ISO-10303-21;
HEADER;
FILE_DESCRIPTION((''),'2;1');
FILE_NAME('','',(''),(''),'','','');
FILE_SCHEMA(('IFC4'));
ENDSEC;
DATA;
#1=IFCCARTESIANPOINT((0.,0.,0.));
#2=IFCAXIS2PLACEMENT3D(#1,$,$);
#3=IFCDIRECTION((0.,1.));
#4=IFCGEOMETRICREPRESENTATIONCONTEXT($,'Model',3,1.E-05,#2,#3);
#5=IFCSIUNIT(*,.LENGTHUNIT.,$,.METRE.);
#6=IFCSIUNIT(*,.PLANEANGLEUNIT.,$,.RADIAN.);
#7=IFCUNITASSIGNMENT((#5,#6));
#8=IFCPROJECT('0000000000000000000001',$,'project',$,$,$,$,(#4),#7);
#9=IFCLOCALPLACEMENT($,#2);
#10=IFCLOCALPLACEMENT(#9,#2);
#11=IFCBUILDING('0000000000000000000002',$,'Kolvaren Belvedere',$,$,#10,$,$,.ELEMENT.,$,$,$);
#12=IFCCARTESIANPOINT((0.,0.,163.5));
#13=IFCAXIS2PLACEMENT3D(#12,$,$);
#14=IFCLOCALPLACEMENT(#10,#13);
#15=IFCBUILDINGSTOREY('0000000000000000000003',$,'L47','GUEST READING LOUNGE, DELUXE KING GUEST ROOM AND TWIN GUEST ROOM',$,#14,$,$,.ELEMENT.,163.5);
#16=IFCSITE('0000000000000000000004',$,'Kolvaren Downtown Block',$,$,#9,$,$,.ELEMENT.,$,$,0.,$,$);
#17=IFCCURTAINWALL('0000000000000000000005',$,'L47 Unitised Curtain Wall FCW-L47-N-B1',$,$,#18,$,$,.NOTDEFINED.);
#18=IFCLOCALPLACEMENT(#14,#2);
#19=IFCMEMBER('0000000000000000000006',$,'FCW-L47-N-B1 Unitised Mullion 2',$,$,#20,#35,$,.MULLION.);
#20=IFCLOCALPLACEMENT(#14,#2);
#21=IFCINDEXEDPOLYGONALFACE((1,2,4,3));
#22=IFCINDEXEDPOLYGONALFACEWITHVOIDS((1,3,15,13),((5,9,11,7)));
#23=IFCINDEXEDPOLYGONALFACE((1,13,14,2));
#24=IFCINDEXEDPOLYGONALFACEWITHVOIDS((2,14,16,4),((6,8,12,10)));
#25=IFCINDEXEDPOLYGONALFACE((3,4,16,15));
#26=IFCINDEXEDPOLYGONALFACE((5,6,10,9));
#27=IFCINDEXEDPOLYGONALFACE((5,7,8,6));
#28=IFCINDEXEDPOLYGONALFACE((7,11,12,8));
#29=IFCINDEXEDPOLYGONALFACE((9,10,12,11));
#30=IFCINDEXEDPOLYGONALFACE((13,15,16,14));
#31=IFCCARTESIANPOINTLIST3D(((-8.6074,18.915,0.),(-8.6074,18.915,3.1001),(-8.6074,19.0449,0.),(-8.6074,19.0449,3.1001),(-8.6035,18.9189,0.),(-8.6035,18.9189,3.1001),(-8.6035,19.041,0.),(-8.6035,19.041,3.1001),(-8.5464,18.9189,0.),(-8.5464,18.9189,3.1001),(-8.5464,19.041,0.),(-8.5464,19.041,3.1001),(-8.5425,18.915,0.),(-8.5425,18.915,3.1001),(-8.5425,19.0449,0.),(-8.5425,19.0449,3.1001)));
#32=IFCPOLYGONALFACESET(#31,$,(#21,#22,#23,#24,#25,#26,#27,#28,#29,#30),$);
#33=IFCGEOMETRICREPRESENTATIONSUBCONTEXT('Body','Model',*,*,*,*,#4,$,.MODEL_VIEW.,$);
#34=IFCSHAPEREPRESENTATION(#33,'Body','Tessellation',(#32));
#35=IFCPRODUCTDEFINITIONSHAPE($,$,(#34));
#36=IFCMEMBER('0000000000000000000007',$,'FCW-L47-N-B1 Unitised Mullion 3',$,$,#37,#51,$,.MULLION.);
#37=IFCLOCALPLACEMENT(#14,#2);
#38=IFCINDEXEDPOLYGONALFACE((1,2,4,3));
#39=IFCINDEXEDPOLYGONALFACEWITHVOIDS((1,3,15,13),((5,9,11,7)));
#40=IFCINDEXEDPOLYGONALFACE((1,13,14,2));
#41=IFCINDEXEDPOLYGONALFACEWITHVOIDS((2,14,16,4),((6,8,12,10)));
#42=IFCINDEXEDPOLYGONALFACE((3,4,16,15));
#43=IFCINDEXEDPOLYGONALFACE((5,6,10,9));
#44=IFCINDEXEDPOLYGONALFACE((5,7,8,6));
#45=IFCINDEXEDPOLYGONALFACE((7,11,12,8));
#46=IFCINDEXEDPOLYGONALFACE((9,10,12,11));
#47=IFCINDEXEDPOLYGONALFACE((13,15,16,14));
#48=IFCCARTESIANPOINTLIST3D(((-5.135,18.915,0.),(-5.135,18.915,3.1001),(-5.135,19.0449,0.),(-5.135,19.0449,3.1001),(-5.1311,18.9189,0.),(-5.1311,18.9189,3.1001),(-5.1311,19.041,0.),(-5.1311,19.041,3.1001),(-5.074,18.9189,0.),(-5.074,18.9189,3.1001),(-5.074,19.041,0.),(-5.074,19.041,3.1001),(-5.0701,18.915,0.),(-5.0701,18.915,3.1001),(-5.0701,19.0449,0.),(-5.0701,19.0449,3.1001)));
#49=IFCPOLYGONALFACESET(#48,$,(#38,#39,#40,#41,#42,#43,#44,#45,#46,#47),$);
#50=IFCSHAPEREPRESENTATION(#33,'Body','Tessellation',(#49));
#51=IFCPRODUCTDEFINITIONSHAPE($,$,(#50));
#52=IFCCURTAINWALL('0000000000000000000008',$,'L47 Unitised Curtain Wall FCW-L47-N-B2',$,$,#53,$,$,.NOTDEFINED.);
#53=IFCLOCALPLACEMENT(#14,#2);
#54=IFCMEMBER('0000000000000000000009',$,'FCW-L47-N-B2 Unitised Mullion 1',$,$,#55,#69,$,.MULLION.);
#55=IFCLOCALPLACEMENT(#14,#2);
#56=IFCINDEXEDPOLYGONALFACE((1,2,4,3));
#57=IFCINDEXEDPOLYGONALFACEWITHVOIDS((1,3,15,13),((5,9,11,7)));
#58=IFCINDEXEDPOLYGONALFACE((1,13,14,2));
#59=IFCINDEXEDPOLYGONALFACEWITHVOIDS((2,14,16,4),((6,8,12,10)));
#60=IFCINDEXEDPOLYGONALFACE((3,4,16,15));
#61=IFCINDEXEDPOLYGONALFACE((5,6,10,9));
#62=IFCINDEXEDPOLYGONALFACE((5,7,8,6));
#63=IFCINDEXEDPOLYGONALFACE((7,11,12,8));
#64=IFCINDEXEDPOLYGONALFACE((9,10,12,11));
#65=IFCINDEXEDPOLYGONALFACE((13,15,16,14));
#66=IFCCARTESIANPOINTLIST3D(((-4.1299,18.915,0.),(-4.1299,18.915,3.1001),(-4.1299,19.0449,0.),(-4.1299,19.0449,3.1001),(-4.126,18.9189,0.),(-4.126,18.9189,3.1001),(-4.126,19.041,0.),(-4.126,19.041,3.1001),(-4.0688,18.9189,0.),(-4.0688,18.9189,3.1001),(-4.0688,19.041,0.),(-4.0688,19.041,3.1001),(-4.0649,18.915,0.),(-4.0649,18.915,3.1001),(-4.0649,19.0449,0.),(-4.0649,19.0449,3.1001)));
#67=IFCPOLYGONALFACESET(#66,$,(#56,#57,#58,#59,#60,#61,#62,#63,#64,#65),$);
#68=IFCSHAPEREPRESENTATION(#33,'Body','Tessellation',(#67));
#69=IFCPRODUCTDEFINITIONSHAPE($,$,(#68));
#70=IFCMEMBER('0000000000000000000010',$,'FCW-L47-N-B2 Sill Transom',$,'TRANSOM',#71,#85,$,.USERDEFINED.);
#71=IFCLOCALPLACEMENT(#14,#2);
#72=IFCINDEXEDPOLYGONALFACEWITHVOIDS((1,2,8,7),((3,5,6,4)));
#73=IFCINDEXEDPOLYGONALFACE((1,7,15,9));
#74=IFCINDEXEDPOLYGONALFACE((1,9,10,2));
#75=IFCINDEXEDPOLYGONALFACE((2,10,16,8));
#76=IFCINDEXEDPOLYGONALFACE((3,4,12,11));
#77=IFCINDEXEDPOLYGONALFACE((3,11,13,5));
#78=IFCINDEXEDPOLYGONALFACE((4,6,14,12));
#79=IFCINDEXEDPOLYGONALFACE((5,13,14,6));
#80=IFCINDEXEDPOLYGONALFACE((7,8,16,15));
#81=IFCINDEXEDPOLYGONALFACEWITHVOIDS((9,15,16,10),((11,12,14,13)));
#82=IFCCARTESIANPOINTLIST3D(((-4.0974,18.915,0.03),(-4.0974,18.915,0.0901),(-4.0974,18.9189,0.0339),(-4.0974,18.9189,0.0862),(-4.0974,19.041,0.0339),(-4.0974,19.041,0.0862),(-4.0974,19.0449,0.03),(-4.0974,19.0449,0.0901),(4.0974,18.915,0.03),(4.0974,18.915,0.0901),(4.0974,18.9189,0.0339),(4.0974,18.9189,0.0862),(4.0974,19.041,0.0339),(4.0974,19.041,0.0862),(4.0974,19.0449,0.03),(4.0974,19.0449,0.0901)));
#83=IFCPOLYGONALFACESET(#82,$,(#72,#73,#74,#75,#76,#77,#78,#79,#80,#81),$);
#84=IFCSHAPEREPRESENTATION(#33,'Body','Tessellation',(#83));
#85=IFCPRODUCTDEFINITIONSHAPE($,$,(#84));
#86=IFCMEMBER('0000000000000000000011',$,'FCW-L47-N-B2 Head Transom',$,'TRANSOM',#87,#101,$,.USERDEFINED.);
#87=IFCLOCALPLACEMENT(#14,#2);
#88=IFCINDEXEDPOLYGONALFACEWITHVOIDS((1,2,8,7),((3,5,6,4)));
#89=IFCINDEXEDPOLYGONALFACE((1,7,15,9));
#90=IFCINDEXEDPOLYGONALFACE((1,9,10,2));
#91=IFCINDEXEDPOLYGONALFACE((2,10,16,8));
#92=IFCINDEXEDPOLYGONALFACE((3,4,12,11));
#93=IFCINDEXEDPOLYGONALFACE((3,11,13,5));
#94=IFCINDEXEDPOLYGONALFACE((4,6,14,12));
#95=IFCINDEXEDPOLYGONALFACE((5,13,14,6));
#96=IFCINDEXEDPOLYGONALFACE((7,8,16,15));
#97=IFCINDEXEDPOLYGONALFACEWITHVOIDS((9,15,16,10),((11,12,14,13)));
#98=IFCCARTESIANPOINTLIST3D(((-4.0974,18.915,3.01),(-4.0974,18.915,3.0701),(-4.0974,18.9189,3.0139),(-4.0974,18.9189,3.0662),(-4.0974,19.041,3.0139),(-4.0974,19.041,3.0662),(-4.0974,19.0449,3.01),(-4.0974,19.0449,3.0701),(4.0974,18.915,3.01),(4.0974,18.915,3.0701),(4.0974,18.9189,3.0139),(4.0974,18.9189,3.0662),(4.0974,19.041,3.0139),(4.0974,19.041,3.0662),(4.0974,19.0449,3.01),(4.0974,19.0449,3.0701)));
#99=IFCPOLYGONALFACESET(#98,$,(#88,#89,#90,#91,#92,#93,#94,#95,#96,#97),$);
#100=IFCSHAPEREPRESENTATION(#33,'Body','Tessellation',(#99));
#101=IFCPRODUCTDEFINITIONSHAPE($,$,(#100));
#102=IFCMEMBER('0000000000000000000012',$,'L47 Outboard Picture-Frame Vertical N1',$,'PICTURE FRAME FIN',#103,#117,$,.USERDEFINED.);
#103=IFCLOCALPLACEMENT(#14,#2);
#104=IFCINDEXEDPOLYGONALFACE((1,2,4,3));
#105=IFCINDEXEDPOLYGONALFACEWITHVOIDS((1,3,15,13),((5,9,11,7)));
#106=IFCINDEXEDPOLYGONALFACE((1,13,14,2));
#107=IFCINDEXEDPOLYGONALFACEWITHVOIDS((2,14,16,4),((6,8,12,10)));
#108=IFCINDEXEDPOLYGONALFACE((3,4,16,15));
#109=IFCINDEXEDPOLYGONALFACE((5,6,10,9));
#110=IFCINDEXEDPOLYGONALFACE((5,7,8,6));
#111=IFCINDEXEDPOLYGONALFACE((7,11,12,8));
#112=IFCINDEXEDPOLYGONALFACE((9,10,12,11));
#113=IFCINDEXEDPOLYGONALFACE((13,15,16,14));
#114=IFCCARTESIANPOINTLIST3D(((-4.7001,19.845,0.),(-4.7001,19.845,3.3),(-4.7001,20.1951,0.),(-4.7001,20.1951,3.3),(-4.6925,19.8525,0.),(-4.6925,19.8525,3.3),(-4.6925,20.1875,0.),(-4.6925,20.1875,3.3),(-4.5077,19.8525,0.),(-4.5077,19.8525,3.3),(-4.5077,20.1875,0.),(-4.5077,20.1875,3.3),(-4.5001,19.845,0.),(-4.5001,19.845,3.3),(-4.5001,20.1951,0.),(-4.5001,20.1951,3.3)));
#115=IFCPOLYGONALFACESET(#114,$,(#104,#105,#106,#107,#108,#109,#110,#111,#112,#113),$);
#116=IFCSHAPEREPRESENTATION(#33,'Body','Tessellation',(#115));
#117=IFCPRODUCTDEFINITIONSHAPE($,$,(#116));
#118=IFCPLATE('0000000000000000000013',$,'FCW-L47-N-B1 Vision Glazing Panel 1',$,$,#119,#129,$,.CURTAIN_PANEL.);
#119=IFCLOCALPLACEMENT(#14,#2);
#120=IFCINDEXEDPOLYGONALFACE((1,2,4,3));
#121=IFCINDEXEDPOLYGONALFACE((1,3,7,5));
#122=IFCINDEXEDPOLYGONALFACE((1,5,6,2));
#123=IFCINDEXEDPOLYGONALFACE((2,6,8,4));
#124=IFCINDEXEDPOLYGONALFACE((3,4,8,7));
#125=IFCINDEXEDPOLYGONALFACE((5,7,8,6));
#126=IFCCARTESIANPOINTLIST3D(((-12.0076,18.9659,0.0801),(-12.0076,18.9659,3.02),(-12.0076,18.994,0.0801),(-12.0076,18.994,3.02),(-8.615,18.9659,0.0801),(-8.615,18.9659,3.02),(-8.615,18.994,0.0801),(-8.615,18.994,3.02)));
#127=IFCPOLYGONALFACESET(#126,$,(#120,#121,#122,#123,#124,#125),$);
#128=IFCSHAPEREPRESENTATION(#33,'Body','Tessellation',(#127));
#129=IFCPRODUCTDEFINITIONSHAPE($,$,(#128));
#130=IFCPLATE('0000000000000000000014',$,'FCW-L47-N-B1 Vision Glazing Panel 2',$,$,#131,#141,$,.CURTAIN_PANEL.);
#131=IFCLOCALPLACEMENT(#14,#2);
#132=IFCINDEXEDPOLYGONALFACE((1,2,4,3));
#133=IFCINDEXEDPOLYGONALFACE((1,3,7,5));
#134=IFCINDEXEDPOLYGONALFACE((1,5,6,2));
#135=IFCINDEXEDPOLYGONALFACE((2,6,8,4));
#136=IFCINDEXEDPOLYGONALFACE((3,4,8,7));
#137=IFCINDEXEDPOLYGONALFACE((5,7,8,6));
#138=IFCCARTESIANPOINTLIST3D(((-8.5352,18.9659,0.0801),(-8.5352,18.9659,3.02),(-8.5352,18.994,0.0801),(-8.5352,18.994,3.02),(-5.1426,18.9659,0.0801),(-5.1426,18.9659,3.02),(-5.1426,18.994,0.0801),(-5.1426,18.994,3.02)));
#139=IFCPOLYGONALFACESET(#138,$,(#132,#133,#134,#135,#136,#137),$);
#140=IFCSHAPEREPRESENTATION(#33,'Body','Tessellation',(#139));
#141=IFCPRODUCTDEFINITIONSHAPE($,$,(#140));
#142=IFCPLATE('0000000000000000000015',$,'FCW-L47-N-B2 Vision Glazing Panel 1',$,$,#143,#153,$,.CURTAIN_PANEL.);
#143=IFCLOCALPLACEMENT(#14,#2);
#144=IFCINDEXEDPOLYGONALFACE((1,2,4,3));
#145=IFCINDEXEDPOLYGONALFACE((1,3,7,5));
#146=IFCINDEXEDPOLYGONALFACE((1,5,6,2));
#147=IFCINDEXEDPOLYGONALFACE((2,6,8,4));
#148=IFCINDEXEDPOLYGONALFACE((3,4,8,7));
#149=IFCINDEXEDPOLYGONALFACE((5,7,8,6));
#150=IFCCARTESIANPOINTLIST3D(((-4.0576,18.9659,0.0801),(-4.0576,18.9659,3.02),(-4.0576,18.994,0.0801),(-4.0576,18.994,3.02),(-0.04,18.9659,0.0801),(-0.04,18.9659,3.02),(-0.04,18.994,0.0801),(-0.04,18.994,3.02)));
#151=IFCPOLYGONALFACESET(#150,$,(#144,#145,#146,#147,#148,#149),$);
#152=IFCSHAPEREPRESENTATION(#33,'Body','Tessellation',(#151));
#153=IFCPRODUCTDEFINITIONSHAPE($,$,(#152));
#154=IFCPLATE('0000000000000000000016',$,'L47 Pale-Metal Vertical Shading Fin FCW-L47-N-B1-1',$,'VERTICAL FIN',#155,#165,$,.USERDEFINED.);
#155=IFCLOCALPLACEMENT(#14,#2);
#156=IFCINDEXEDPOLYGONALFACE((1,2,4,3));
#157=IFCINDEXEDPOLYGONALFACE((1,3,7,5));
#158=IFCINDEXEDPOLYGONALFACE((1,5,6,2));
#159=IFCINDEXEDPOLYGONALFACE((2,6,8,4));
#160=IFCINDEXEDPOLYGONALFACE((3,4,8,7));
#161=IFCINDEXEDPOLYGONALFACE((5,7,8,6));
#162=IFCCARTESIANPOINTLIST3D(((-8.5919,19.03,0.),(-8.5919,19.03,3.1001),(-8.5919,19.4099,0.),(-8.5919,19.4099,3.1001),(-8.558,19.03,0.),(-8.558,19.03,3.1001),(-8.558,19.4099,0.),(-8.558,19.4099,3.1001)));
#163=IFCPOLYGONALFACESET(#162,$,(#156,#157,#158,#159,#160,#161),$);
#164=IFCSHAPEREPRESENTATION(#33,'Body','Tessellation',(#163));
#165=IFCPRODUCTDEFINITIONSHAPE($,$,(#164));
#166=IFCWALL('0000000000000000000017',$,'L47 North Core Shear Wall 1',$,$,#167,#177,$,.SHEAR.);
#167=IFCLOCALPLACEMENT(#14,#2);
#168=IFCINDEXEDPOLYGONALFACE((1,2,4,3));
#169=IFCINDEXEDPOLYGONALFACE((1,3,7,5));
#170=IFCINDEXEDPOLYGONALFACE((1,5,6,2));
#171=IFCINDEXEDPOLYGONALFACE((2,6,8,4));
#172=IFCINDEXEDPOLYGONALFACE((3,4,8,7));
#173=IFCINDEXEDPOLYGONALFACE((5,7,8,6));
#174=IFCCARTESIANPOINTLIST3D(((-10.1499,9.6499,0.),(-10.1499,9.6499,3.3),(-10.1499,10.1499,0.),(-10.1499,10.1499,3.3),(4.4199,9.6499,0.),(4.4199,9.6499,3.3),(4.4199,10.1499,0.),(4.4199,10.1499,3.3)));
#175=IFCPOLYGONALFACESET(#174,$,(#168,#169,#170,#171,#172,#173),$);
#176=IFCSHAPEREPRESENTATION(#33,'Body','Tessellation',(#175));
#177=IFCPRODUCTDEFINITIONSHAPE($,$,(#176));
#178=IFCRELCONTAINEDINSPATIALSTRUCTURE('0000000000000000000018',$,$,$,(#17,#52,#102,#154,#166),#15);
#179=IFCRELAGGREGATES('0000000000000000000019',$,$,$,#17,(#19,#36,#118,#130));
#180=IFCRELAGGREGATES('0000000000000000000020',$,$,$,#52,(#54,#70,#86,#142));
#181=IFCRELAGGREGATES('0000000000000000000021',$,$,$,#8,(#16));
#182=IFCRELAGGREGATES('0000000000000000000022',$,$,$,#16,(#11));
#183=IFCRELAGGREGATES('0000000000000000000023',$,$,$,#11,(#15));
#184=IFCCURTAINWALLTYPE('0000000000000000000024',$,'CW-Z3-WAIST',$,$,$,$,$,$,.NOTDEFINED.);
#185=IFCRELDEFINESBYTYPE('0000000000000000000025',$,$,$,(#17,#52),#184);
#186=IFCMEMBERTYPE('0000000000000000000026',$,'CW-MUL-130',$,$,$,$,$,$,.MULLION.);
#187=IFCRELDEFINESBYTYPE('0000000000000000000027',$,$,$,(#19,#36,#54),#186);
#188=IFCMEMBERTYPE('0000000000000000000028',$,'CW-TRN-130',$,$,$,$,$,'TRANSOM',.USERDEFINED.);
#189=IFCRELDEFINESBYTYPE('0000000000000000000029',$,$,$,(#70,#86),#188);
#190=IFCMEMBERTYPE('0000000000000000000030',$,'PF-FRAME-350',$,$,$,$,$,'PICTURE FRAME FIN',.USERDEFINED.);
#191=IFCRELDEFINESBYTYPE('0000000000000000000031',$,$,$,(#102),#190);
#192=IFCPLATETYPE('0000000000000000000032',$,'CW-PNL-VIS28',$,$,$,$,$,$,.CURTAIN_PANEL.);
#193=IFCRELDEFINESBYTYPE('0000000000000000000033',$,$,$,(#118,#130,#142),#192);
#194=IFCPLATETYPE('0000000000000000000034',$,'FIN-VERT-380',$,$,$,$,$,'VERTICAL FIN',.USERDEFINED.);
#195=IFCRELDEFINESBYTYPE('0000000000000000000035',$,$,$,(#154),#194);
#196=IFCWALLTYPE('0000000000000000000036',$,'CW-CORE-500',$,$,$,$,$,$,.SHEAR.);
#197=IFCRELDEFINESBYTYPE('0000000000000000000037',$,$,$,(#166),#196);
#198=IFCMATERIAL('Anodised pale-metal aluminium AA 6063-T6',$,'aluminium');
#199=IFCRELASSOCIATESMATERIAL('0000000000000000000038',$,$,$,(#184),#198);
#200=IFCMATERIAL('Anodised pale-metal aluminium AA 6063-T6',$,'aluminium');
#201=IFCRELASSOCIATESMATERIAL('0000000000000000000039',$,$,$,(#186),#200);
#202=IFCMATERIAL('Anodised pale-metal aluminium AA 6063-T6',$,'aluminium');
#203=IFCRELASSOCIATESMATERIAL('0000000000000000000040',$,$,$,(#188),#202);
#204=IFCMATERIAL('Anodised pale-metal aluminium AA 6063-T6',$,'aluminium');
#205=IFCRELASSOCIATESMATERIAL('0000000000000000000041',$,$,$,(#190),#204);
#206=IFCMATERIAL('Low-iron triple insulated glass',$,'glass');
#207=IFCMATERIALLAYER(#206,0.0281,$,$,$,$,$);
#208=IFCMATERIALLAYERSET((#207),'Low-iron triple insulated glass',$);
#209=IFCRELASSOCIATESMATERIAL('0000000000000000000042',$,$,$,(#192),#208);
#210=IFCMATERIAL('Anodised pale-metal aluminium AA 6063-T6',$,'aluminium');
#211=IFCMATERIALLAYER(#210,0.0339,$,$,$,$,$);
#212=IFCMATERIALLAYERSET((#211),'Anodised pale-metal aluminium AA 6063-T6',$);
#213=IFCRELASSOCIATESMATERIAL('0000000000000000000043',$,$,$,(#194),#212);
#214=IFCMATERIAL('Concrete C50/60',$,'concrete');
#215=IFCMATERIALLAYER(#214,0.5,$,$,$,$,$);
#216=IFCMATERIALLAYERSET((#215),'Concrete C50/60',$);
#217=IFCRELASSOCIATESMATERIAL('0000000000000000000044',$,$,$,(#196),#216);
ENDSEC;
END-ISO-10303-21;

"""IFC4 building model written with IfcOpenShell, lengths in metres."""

from ifc_helpers import new_model, si_unit, direction, frame, frame_2d, origin, origin_2d, place, context, subcontext, project, spatial, rectangle, hollow_rectangle, extrude, material, layer, layer_set, material_profile, profile_set, type_object, element, aggregate, save


model = new_model("IFC4")

# Units and contexts
model_context = context("Model", 3, precision=1e-05, world=origin(), true_north=direction((0.0, 1.0)))
body_context = subcontext(model_context, "Body", "Model", "MODEL_VIEW")
ifc_project = project(units=[si_unit("LENGTHUNIT", "METRE"), si_unit("PLANEANGLEUNIT", "RADIAN")], contexts=[model_context])

# Site, building, storey
site_placement = place(None, origin())
site = spatial("IfcSite", under=ifc_project, at=site_placement, Name="Kolvaren Downtown Block", CompositionType="ELEMENT", RefElevation=0.0)
building_placement = place(site_placement, origin())
building = spatial("IfcBuilding", under=site, at=building_placement, Name="Kolvaren Belvedere", CompositionType="ELEMENT")
storey_placement = place(building_placement, frame((0.0, 0.0, 163.5)))
storey = spatial("IfcBuildingStorey", under=building, at=storey_placement, Name="L47", Description="GUEST READING LOUNGE, DELUXE KING GUEST ROOM AND TWIN GUEST ROOM", CompositionType="ELEMENT", Elevation=163.5)

# Curtain walls, members
ifc_material_1 = material(Name="Anodised pale-metal aluminium AA 6063-T6", Category="aluminium")
curtain_wall_type = type_object("IfcCurtainWallType", Name="CW-Z3-WAIST", PredefinedType="NOTDEFINED", material=ifc_material_1)
curtain_wall_1_placement = place(storey_placement, origin())
curtain_wall_1 = element("IfcCurtainWall", 1, at=curtain_wall_1_placement, inside=storey, type_object=curtain_wall_type, Name="L47 Unitised Curtain Wall FCW-L47-N-B1", PredefinedType="NOTDEFINED")
ifc_material_2 = material(Name="Anodised pale-metal aluminium AA 6063-T6", Category="aluminium")
ifc_material_profile_1 = material_profile(ifc_material_2, hollow_rectangle(XDim=0.0649, YDim=0.1299, WallThickness=0.0039, at=origin_2d()), Name="ALU-MUL-130X65")
ifc_profile_set_1 = profile_set([ifc_material_profile_1], Name="Anodised pale-metal aluminium AA 6063-T6")
member_type_1 = type_object("IfcMemberType", Name="CW-MUL-130", PredefinedType="MULLION", material=ifc_profile_set_1)
member_1_placement = place(storey_placement, frame((-8.575, 18.98, 0.0), z_axis=(0.0, 0.0, 1.0), x_axis=(1.0, 0.0, 0.0)))
member_1 = element("IfcMember", 2, at=member_1_placement, type_object=member_type_1, Name="FCW-L47-N-B1 Unitised Mullion 2", PredefinedType="MULLION", context=body_context, shape_type="SweptSolid", body=[
    extrude(hollow_rectangle(XDim=0.0649, YDim=0.1299, WallThickness=0.0039, at=origin_2d()), origin(), (0.0, 0.0, 1.0), 3.1001),
])
member_2_placement = place(storey_placement, frame((-5.1025, 18.98, 0.0), z_axis=(0.0, 0.0, 1.0), x_axis=(1.0, 0.0, 0.0)))
member_2 = element("IfcMember", 3, at=member_2_placement, type_object=member_type_1, Name="FCW-L47-N-B1 Unitised Mullion 3", PredefinedType="MULLION", context=body_context, shape_type="SweptSolid", body=[
    extrude(hollow_rectangle(XDim=0.0649, YDim=0.1299, WallThickness=0.0039, at=origin_2d()), origin(), (0.0, 0.0, 1.0), 3.1001),
])
curtain_wall_2_placement = place(storey_placement, origin())
curtain_wall_2 = element("IfcCurtainWall", 4, at=curtain_wall_2_placement, inside=storey, type_object=curtain_wall_type, Name="L47 Unitised Curtain Wall FCW-L47-N-B2", PredefinedType="NOTDEFINED")
member_3_placement = place(storey_placement, frame((-4.0974, 18.98, 0.0), z_axis=(0.0, 0.0, 1.0), x_axis=(1.0, 0.0, 0.0)))
member_3 = element("IfcMember", 5, at=member_3_placement, type_object=member_type_1, Name="FCW-L47-N-B2 Unitised Mullion 1", PredefinedType="MULLION", context=body_context, shape_type="SweptSolid", body=[
    extrude(hollow_rectangle(XDim=0.0649, YDim=0.1299, WallThickness=0.0039, at=origin_2d()), origin(), (0.0, 0.0, 1.0), 3.1001),
])
ifc_material_3 = material(Name="Anodised pale-metal aluminium AA 6063-T6", Category="aluminium")
ifc_material_profile_2 = material_profile(ifc_material_3, hollow_rectangle(XDim=0.0601, YDim=0.1299, WallThickness=0.0039, at=origin_2d()), Name="ALU-TRN-130X60")
ifc_profile_set_2 = profile_set([ifc_material_profile_2], Name="Anodised pale-metal aluminium AA 6063-T6")
member_type_2 = type_object("IfcMemberType", Name="CW-TRN-130", ElementType="TRANSOM", PredefinedType="USERDEFINED", material=ifc_profile_set_2)
member_4_placement = place(storey_placement, frame((-4.0974, 18.98, 0.0601), z_axis=(1.0, 0.0, 0.0), x_axis=(0.0, 0.0, 1.0)))
member_4 = element("IfcMember", 6, at=member_4_placement, type_object=member_type_2, Name="FCW-L47-N-B2 Sill Transom", ObjectType="TRANSOM", PredefinedType="USERDEFINED", context=body_context, shape_type="SweptSolid", body=[
    extrude(hollow_rectangle(XDim=0.0601, YDim=0.1299, WallThickness=0.0039, at=origin_2d()), origin(), (0.0, 0.0, 1.0), 8.1948),
])
member_5_placement = place(storey_placement, frame((-4.0974, 18.98, 3.04), z_axis=(1.0, 0.0, 0.0), x_axis=(0.0, 0.0, 1.0)))
member_5 = element("IfcMember", 7, at=member_5_placement, type_object=member_type_2, Name="FCW-L47-N-B2 Head Transom", ObjectType="TRANSOM", PredefinedType="USERDEFINED", context=body_context, shape_type="SweptSolid", body=[
    extrude(hollow_rectangle(XDim=0.0601, YDim=0.1299, WallThickness=0.0039, at=origin_2d()), origin(), (0.0, 0.0, 1.0), 8.1948),
])

# Member
ifc_material_4 = material(Name="Anodised pale-metal aluminium AA 6063-T6", Category="aluminium")
ifc_material_profile_3 = material_profile(ifc_material_4, hollow_rectangle(XDim=0.2, YDim=0.3501, WallThickness=0.0076, at=origin_2d()), Name="ALU-PF-350X200")
ifc_profile_set_3 = profile_set([ifc_material_profile_3], Name="Anodised pale-metal aluminium AA 6063-T6")
member_type_3 = type_object("IfcMemberType", Name="PF-FRAME-350", ElementType="PICTURE FRAME FIN", PredefinedType="USERDEFINED", material=ifc_profile_set_3)
member_6_placement = place(storey_placement, frame((-4.6001, 20.02, 0.0), z_axis=(0.0, 0.0, 1.0), x_axis=(1.0, 0.0, 0.0)))
element("IfcMember", 8, at=member_6_placement, inside=storey, type_object=member_type_3, Name="L47 Outboard Picture-Frame Vertical N1", ObjectType="PICTURE FRAME FIN", PredefinedType="USERDEFINED", context=body_context, shape_type="SweptSolid", body=[
    extrude(hollow_rectangle(XDim=0.2, YDim=0.3501, WallThickness=0.0076, at=origin_2d()), origin(), (0.0, 0.0, 1.0), 3.3),
])

# Plates
ifc_material_5 = material(Name="Low-iron triple insulated glass", Category="glass")
ifc_layer_1 = layer(ifc_material_5, 0.0281)
ifc_layer_set_1 = layer_set([ifc_layer_1], Name="Low-iron triple insulated glass")
plate_type_1 = type_object("IfcPlateType", Name="CW-PNL-VIS28", PredefinedType="CURTAIN_PANEL", material=ifc_layer_set_1)
plate_1_placement = place(storey_placement, frame((-10.3113, 18.98, 0.0801), z_axis=(0.0, 0.0, 1.0), x_axis=(1.0, 0.0, 0.0)))
plate_1 = element("IfcPlate", 9, at=plate_1_placement, type_object=plate_type_1, Name="FCW-L47-N-B1 Vision Glazing Panel 1", PredefinedType="CURTAIN_PANEL", context=body_context, shape_type="SweptSolid", body=[
    extrude(rectangle(XDim=3.3926, YDim=0.0281, at=origin_2d()), origin(), (0.0, 0.0, 1.0), 2.9399),
])
plate_2_placement = place(storey_placement, frame((-6.8389, 18.98, 0.0801), z_axis=(0.0, 0.0, 1.0), x_axis=(1.0, 0.0, 0.0)))
plate_2 = element("IfcPlate", 10, at=plate_2_placement, type_object=plate_type_1, Name="FCW-L47-N-B1 Vision Glazing Panel 2", PredefinedType="CURTAIN_PANEL", context=body_context, shape_type="SweptSolid", body=[
    extrude(rectangle(XDim=3.3926, YDim=0.0281, at=origin_2d()), origin(), (0.0, 0.0, 1.0), 2.9399),
])
aggregate(curtain_wall_1, [member_1, member_2, plate_1, plate_2])
plate_3_placement = place(storey_placement, frame((-2.0488, 18.98, 0.0801), z_axis=(0.0, 0.0, 1.0), x_axis=(1.0, 0.0, 0.0)))
plate_3 = element("IfcPlate", 11, at=plate_3_placement, type_object=plate_type_1, Name="FCW-L47-N-B2 Vision Glazing Panel 1", PredefinedType="CURTAIN_PANEL", context=body_context, shape_type="SweptSolid", body=[
    extrude(rectangle(XDim=4.0176, YDim=0.0281, at=origin_2d()), origin(), (0.0, 0.0, 1.0), 2.9399),
])
aggregate(curtain_wall_2, [member_3, member_4, member_5, plate_3])
ifc_material_6 = material(Name="Anodised pale-metal aluminium AA 6063-T6", Category="aluminium")
ifc_layer_2 = layer(ifc_material_6, 0.0339)
ifc_layer_set_2 = layer_set([ifc_layer_2], Name="Anodised pale-metal aluminium AA 6063-T6")
plate_type_2 = type_object("IfcPlateType", Name="FIN-VERT-380", ElementType="VERTICAL FIN", PredefinedType="USERDEFINED", material=ifc_layer_set_2)
plate_4_placement = place(storey_placement, frame((-8.575, 19.22, 0.0), z_axis=(0.0, 0.0, 1.0), x_axis=(0.0, 1.0, 0.0)))
element("IfcPlate", 12, at=plate_4_placement, inside=storey, type_object=plate_type_2, Name="L47 Pale-Metal Vertical Shading Fin FCW-L47-N-B1-1", ObjectType="VERTICAL FIN", PredefinedType="USERDEFINED", context=body_context, shape_type="SweptSolid", body=[
    extrude(rectangle(XDim=0.3799, YDim=0.0339, at=origin_2d()), origin(), (0.0, 0.0, 1.0), 3.1001),
])

# Wall
ifc_material_7 = material(Name="Concrete C50/60", Category="concrete")
ifc_layer_3 = layer(ifc_material_7, 0.5)
ifc_layer_set_3 = layer_set([ifc_layer_3], Name="Concrete C50/60")
wall_type_1 = type_object("IfcWallType", Name="CW-CORE-500", PredefinedType="SHEAR", material=ifc_layer_set_3)
wall_1_placement = place(storey_placement, frame((-10.1499, 9.8999, 0.0), z_axis=(0.0, 0.0, 1.0), x_axis=(1.0, 0.0, 0.0)))
element("IfcWall", 13, at=wall_1_placement, inside=storey, type_object=wall_type_1, Name="L47 North Core Shear Wall 1", PredefinedType="SHEAR", context=body_context, shape_type="SweptSolid", body=[
    extrude(rectangle(XDim=14.5698, YDim=0.5, at=frame_2d((7.2849, 0.0))), origin(), (0.0, 0.0, 1.0), 3.3),
])

save(model, "model.ifc")
